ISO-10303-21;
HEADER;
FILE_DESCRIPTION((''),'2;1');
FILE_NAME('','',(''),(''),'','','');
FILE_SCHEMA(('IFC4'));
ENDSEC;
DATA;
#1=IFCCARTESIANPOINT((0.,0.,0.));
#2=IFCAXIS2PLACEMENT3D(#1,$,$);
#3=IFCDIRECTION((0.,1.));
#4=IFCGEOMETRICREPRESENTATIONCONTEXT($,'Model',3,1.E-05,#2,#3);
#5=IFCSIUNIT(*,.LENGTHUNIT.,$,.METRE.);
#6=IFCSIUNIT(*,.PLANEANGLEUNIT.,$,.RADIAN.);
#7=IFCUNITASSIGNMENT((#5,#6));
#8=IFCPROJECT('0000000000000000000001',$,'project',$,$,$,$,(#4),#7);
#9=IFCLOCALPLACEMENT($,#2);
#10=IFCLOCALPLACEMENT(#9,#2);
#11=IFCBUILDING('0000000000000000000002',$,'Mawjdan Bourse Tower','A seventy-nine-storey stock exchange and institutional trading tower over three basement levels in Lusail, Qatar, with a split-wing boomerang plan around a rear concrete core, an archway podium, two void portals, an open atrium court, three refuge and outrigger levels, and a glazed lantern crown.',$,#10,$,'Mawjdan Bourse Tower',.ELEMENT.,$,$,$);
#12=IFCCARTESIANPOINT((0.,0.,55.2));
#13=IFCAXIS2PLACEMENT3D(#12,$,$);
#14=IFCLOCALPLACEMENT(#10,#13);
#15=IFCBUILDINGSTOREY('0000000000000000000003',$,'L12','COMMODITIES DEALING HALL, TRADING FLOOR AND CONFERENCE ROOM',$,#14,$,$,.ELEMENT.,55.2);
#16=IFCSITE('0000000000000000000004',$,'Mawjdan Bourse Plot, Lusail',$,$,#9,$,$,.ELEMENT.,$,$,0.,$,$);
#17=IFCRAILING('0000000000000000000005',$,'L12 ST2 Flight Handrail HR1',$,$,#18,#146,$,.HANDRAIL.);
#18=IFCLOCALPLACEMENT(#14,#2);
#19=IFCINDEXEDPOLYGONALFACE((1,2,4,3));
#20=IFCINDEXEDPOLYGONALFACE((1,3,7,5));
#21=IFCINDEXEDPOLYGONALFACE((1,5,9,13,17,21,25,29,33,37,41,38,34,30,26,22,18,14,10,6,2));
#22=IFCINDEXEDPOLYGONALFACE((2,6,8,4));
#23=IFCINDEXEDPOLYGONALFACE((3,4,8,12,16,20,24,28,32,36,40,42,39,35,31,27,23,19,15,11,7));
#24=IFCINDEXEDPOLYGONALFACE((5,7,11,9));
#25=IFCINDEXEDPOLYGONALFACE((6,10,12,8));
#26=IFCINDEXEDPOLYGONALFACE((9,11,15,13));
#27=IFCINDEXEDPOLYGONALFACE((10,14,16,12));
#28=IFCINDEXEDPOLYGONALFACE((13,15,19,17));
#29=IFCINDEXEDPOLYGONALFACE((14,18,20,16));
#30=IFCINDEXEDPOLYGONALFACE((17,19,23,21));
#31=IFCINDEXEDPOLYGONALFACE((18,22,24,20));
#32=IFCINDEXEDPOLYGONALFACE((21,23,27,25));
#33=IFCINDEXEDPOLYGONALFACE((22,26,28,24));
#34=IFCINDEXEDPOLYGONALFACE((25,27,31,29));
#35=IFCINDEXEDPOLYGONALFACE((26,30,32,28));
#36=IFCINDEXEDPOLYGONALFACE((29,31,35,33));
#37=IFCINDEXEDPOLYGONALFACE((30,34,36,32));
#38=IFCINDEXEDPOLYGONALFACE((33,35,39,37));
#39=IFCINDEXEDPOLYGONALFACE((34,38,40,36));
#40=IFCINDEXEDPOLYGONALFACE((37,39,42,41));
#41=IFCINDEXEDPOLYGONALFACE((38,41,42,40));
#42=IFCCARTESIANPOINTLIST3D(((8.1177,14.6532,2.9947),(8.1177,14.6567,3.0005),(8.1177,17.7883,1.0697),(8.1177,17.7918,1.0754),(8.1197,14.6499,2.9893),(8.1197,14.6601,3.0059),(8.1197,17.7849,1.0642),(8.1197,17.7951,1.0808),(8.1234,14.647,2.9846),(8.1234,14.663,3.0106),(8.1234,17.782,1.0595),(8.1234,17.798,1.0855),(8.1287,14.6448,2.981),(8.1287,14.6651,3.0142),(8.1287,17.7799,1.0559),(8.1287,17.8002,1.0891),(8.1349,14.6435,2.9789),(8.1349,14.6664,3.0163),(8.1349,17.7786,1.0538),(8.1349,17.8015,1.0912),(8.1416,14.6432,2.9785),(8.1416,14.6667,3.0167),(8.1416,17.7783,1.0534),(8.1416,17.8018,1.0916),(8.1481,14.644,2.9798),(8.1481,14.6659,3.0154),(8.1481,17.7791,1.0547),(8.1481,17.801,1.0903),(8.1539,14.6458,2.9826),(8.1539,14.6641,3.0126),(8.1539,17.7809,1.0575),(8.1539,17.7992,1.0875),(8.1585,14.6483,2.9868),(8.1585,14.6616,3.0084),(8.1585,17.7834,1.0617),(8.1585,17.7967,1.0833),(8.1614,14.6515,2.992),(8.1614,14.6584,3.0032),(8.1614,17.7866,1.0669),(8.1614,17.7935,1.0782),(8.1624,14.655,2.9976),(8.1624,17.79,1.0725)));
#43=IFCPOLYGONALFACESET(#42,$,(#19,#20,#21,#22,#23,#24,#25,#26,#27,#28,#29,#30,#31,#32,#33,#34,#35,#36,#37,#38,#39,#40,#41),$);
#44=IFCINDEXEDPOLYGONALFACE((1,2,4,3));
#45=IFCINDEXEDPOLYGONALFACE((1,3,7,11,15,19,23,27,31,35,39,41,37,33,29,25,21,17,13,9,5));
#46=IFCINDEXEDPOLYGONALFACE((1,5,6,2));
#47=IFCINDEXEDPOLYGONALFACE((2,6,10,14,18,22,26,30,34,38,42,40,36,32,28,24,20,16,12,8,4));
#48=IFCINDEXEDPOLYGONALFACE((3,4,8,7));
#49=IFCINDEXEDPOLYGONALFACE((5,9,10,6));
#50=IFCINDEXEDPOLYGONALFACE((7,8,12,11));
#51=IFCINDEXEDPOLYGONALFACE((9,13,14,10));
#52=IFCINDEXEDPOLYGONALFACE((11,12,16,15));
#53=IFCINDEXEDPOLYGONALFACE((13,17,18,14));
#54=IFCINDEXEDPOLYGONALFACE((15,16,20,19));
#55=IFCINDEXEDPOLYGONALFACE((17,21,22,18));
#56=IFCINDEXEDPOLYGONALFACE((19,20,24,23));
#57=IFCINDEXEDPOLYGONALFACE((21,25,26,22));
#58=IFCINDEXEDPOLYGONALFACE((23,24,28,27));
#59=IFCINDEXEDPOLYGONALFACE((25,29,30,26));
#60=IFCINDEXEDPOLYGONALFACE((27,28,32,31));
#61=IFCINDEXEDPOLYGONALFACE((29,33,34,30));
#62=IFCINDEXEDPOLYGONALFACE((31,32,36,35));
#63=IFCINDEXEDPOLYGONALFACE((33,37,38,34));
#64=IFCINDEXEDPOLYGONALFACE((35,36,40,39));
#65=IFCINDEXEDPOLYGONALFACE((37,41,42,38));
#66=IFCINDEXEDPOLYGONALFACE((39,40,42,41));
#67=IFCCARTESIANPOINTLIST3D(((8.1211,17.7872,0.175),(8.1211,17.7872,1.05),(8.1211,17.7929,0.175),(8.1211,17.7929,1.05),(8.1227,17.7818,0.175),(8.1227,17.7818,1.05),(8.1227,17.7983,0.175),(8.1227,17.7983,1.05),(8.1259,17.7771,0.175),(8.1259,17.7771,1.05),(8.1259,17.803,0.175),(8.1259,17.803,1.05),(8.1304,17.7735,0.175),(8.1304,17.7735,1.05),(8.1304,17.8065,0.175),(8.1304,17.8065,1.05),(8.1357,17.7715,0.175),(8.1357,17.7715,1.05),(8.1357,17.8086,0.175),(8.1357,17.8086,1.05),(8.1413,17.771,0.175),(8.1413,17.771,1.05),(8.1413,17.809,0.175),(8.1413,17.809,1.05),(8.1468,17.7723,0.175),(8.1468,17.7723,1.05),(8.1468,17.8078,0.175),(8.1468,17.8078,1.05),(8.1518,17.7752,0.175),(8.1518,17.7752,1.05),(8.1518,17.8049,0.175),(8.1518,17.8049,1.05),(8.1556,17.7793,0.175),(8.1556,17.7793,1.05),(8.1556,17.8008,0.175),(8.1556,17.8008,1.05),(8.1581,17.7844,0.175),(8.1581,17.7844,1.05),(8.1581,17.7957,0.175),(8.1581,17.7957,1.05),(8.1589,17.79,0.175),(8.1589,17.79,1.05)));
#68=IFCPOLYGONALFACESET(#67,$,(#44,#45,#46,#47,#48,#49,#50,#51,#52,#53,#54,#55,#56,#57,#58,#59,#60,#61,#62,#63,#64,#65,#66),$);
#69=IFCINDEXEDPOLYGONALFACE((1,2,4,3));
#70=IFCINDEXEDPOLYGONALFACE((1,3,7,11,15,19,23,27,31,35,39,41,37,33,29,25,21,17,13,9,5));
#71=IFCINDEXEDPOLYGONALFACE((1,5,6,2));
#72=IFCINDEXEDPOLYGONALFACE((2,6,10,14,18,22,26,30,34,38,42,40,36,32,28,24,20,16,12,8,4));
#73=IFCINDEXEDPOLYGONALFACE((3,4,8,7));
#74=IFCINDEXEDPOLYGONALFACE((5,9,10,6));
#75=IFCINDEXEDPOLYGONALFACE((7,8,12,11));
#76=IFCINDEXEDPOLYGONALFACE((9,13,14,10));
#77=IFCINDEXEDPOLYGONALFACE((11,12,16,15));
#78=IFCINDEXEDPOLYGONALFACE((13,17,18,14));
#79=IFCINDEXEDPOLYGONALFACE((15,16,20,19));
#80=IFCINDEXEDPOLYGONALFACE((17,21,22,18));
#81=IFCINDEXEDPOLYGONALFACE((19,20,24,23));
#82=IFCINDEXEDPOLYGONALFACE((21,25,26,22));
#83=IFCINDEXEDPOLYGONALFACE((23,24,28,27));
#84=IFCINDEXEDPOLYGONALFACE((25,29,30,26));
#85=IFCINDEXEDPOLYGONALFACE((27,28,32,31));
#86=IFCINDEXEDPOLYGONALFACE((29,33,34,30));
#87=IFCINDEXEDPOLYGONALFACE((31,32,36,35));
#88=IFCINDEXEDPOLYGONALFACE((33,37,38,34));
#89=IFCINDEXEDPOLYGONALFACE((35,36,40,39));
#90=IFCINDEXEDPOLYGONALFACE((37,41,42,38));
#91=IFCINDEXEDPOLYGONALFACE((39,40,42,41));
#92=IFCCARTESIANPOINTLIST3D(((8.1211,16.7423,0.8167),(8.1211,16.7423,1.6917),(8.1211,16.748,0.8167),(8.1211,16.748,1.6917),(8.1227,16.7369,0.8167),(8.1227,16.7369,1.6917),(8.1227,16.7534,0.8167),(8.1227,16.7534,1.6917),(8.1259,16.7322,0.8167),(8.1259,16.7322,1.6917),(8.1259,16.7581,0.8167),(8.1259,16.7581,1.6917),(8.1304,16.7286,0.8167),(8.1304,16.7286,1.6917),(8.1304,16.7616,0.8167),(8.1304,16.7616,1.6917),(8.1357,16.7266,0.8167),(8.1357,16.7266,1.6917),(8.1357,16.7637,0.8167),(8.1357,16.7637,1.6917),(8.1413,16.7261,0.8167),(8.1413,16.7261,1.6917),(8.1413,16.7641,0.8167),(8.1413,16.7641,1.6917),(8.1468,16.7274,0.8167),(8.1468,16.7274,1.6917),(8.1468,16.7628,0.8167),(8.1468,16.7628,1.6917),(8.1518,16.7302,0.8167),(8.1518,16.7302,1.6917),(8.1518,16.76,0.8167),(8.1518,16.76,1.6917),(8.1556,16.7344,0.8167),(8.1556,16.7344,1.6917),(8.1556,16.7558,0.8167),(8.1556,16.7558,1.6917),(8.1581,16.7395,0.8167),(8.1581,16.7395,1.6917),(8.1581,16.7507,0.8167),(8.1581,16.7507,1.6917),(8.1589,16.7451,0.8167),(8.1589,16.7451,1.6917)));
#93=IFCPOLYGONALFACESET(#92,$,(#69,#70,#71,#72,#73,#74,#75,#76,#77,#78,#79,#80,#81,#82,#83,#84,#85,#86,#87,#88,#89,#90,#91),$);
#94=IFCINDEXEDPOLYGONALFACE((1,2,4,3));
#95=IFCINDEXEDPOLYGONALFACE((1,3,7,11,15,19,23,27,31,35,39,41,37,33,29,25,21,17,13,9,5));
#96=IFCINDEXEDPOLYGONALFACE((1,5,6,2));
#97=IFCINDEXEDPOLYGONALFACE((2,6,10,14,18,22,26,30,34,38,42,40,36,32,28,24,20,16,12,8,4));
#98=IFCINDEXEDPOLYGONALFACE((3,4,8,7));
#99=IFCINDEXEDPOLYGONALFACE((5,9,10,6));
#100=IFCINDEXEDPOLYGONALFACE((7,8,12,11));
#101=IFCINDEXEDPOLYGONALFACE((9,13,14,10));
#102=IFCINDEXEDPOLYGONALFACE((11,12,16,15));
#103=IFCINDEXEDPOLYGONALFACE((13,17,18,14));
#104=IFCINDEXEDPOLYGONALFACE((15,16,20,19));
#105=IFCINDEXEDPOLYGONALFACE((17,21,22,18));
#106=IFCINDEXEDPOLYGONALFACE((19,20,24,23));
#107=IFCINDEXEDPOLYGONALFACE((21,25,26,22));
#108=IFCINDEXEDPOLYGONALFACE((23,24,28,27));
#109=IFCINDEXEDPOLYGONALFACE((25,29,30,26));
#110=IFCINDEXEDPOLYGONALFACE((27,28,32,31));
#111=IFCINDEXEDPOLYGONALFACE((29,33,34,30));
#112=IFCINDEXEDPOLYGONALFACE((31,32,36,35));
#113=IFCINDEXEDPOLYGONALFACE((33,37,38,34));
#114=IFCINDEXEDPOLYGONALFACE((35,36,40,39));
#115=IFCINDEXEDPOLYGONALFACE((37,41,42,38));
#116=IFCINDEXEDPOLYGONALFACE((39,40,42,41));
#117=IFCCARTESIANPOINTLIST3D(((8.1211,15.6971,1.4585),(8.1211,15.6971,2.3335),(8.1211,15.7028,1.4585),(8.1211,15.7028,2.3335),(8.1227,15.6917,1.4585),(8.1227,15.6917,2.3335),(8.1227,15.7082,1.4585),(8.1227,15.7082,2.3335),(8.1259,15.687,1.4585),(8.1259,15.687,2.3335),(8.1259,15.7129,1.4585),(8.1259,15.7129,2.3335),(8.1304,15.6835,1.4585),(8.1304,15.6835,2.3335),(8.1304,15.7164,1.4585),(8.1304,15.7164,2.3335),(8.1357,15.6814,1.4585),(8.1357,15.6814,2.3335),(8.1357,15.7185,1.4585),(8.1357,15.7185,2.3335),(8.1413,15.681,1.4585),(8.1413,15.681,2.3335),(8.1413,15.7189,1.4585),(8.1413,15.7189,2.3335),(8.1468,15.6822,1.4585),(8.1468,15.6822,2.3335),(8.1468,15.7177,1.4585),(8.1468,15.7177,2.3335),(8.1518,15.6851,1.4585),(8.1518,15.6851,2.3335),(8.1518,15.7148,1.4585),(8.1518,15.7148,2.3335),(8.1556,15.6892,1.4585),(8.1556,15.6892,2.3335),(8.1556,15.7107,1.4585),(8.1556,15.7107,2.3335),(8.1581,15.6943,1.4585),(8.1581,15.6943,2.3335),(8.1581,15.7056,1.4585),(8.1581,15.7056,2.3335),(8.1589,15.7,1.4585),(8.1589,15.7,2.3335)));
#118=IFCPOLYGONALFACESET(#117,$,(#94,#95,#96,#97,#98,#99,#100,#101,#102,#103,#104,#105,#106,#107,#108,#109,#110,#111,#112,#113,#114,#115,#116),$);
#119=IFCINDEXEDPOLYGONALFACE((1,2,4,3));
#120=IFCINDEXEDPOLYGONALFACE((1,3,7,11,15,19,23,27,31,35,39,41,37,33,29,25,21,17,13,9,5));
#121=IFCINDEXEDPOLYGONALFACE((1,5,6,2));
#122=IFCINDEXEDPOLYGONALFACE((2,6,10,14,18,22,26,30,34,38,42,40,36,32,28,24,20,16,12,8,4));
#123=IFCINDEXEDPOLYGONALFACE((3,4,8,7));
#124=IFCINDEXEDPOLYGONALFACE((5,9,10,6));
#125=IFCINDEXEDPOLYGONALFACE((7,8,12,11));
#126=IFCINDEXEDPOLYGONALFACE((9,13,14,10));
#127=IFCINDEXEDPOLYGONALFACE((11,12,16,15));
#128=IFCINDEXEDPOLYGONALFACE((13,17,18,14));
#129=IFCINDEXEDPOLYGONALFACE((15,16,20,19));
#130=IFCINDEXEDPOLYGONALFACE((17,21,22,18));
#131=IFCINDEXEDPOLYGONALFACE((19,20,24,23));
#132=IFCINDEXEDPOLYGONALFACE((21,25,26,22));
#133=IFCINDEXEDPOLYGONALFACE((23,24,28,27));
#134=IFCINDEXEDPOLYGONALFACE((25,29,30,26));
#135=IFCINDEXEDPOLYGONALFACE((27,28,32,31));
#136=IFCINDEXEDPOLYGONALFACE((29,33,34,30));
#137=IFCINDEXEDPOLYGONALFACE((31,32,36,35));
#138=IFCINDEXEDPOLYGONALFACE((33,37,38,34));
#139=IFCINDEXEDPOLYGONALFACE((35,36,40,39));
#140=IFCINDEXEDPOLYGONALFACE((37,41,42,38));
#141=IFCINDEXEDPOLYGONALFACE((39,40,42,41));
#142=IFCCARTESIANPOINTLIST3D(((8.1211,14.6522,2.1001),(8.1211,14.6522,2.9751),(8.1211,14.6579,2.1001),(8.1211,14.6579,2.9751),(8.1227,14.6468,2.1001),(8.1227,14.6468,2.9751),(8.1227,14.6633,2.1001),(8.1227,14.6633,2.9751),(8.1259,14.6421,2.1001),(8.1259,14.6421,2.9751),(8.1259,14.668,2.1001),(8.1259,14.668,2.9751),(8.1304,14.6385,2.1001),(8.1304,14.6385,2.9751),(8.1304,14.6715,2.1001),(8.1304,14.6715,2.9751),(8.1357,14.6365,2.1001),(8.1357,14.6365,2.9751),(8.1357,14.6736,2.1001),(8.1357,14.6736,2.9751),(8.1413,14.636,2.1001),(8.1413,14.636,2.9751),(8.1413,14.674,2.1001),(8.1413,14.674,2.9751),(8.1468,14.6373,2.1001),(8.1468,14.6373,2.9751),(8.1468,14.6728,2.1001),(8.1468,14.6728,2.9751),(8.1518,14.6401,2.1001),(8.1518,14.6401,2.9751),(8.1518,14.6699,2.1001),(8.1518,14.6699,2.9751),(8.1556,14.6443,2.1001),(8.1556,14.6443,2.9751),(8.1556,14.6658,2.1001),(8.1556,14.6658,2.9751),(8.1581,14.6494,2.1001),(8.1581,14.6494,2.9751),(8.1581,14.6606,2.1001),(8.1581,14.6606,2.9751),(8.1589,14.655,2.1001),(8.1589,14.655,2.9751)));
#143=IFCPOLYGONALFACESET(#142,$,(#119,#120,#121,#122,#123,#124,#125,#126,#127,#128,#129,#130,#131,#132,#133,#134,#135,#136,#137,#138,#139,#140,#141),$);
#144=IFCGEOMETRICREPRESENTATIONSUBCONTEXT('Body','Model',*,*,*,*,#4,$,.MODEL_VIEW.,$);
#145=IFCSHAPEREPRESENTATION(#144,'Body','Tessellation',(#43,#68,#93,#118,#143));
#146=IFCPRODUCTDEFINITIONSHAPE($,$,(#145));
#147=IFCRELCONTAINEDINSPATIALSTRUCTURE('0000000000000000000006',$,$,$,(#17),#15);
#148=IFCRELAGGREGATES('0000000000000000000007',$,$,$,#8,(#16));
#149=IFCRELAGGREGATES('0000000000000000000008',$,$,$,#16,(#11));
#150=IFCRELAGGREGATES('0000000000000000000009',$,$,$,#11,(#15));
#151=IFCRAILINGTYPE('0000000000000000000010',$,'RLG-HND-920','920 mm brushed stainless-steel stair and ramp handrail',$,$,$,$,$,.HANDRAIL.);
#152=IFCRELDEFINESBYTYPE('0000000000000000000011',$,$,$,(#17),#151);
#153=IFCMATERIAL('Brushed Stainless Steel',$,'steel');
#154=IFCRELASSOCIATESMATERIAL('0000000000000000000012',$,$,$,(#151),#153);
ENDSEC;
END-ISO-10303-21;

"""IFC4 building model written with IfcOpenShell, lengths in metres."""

from ifc_helpers import new_model, si_unit, direction, frame, origin, origin_2d, place, context, subcontext, project, spatial, circle, extrude, material, type_object, element, save


model = new_model("IFC4")

# Units and contexts
model_context = context("Model", 3, precision=1e-05, world=origin(), true_north=direction((0.0, 1.0)))
body_context = subcontext(model_context, "Body", "Model", "MODEL_VIEW")
ifc_project = project(units=[si_unit("LENGTHUNIT", "METRE"), si_unit("PLANEANGLEUNIT", "RADIAN")], contexts=[model_context])

# Site, building, storey
site_placement = place(None, origin())
site = spatial("IfcSite", under=ifc_project, at=site_placement, Name="Mawjdan Bourse Plot, Lusail", CompositionType="ELEMENT", RefElevation=0.0)
building_placement = place(site_placement, origin())
building = spatial("IfcBuilding", under=site, at=building_placement, Name="Mawjdan Bourse Tower", Description="A seventy-nine-storey stock exchange and institutional trading tower over three basement levels in Lusail, Qatar, with a split-wing boomerang plan around a rear concrete core, an archway podium, two void portals, an open atrium court, three refuge and outrigger levels, and a glazed lantern crown.", LongName="Mawjdan Bourse Tower", CompositionType="ELEMENT")
storey_placement = place(building_placement, frame((0.0, 0.0, 55.2)))
storey = spatial("IfcBuildingStorey", under=building, at=storey_placement, Name="L12", Description="COMMODITIES DEALING HALL, TRADING FLOOR AND CONFERENCE ROOM", CompositionType="ELEMENT", Elevation=55.2)

# Railing
ifc_material_1 = material(Name="Brushed Stainless Steel", Category="steel")
railing_type_1 = type_object("IfcRailingType", Name="RLG-HND-920", Description="920 mm brushed stainless-steel stair and ramp handrail", PredefinedType="HANDRAIL", material=ifc_material_1)
railing_1_placement = place(storey_placement, frame((8.1399, 17.79, 0.175)))
element("IfcRailing", 1, at=railing_1_placement, inside=storey, type_object=railing_type_1, Name="L12 ST2 Flight Handrail HR1", PredefinedType="HANDRAIL", context=body_context, shape_type="SweptSolid", body=[
    extrude(circle(Radius=0.0225, at=origin_2d()), frame((0.0, 0.0, 0.8975), z_axis=(0.0, -0.852166, 0.523271), x_axis=(1.0, 0.0, 0.0)), (0.0, 0.0, 1.0), 3.679),
    extrude(circle(Radius=0.019, at=origin_2d()), origin(), (0.0, 0.0, 1.0), 0.875),
    extrude(circle(Radius=0.019, at=origin_2d()), frame((0.0, -1.0449, 0.6416)), (0.0, 0.0, 1.0), 0.875),
    extrude(circle(Radius=0.019, at=origin_2d()), frame((0.0, -2.0901, 1.2834)), (0.0, 0.0, 1.0), 0.875),
    extrude(circle(Radius=0.019, at=origin_2d()), frame((0.0, -3.135, 1.925)), (0.0, 0.0, 1.0), 0.875),
])

save(model, "model.ifc")
